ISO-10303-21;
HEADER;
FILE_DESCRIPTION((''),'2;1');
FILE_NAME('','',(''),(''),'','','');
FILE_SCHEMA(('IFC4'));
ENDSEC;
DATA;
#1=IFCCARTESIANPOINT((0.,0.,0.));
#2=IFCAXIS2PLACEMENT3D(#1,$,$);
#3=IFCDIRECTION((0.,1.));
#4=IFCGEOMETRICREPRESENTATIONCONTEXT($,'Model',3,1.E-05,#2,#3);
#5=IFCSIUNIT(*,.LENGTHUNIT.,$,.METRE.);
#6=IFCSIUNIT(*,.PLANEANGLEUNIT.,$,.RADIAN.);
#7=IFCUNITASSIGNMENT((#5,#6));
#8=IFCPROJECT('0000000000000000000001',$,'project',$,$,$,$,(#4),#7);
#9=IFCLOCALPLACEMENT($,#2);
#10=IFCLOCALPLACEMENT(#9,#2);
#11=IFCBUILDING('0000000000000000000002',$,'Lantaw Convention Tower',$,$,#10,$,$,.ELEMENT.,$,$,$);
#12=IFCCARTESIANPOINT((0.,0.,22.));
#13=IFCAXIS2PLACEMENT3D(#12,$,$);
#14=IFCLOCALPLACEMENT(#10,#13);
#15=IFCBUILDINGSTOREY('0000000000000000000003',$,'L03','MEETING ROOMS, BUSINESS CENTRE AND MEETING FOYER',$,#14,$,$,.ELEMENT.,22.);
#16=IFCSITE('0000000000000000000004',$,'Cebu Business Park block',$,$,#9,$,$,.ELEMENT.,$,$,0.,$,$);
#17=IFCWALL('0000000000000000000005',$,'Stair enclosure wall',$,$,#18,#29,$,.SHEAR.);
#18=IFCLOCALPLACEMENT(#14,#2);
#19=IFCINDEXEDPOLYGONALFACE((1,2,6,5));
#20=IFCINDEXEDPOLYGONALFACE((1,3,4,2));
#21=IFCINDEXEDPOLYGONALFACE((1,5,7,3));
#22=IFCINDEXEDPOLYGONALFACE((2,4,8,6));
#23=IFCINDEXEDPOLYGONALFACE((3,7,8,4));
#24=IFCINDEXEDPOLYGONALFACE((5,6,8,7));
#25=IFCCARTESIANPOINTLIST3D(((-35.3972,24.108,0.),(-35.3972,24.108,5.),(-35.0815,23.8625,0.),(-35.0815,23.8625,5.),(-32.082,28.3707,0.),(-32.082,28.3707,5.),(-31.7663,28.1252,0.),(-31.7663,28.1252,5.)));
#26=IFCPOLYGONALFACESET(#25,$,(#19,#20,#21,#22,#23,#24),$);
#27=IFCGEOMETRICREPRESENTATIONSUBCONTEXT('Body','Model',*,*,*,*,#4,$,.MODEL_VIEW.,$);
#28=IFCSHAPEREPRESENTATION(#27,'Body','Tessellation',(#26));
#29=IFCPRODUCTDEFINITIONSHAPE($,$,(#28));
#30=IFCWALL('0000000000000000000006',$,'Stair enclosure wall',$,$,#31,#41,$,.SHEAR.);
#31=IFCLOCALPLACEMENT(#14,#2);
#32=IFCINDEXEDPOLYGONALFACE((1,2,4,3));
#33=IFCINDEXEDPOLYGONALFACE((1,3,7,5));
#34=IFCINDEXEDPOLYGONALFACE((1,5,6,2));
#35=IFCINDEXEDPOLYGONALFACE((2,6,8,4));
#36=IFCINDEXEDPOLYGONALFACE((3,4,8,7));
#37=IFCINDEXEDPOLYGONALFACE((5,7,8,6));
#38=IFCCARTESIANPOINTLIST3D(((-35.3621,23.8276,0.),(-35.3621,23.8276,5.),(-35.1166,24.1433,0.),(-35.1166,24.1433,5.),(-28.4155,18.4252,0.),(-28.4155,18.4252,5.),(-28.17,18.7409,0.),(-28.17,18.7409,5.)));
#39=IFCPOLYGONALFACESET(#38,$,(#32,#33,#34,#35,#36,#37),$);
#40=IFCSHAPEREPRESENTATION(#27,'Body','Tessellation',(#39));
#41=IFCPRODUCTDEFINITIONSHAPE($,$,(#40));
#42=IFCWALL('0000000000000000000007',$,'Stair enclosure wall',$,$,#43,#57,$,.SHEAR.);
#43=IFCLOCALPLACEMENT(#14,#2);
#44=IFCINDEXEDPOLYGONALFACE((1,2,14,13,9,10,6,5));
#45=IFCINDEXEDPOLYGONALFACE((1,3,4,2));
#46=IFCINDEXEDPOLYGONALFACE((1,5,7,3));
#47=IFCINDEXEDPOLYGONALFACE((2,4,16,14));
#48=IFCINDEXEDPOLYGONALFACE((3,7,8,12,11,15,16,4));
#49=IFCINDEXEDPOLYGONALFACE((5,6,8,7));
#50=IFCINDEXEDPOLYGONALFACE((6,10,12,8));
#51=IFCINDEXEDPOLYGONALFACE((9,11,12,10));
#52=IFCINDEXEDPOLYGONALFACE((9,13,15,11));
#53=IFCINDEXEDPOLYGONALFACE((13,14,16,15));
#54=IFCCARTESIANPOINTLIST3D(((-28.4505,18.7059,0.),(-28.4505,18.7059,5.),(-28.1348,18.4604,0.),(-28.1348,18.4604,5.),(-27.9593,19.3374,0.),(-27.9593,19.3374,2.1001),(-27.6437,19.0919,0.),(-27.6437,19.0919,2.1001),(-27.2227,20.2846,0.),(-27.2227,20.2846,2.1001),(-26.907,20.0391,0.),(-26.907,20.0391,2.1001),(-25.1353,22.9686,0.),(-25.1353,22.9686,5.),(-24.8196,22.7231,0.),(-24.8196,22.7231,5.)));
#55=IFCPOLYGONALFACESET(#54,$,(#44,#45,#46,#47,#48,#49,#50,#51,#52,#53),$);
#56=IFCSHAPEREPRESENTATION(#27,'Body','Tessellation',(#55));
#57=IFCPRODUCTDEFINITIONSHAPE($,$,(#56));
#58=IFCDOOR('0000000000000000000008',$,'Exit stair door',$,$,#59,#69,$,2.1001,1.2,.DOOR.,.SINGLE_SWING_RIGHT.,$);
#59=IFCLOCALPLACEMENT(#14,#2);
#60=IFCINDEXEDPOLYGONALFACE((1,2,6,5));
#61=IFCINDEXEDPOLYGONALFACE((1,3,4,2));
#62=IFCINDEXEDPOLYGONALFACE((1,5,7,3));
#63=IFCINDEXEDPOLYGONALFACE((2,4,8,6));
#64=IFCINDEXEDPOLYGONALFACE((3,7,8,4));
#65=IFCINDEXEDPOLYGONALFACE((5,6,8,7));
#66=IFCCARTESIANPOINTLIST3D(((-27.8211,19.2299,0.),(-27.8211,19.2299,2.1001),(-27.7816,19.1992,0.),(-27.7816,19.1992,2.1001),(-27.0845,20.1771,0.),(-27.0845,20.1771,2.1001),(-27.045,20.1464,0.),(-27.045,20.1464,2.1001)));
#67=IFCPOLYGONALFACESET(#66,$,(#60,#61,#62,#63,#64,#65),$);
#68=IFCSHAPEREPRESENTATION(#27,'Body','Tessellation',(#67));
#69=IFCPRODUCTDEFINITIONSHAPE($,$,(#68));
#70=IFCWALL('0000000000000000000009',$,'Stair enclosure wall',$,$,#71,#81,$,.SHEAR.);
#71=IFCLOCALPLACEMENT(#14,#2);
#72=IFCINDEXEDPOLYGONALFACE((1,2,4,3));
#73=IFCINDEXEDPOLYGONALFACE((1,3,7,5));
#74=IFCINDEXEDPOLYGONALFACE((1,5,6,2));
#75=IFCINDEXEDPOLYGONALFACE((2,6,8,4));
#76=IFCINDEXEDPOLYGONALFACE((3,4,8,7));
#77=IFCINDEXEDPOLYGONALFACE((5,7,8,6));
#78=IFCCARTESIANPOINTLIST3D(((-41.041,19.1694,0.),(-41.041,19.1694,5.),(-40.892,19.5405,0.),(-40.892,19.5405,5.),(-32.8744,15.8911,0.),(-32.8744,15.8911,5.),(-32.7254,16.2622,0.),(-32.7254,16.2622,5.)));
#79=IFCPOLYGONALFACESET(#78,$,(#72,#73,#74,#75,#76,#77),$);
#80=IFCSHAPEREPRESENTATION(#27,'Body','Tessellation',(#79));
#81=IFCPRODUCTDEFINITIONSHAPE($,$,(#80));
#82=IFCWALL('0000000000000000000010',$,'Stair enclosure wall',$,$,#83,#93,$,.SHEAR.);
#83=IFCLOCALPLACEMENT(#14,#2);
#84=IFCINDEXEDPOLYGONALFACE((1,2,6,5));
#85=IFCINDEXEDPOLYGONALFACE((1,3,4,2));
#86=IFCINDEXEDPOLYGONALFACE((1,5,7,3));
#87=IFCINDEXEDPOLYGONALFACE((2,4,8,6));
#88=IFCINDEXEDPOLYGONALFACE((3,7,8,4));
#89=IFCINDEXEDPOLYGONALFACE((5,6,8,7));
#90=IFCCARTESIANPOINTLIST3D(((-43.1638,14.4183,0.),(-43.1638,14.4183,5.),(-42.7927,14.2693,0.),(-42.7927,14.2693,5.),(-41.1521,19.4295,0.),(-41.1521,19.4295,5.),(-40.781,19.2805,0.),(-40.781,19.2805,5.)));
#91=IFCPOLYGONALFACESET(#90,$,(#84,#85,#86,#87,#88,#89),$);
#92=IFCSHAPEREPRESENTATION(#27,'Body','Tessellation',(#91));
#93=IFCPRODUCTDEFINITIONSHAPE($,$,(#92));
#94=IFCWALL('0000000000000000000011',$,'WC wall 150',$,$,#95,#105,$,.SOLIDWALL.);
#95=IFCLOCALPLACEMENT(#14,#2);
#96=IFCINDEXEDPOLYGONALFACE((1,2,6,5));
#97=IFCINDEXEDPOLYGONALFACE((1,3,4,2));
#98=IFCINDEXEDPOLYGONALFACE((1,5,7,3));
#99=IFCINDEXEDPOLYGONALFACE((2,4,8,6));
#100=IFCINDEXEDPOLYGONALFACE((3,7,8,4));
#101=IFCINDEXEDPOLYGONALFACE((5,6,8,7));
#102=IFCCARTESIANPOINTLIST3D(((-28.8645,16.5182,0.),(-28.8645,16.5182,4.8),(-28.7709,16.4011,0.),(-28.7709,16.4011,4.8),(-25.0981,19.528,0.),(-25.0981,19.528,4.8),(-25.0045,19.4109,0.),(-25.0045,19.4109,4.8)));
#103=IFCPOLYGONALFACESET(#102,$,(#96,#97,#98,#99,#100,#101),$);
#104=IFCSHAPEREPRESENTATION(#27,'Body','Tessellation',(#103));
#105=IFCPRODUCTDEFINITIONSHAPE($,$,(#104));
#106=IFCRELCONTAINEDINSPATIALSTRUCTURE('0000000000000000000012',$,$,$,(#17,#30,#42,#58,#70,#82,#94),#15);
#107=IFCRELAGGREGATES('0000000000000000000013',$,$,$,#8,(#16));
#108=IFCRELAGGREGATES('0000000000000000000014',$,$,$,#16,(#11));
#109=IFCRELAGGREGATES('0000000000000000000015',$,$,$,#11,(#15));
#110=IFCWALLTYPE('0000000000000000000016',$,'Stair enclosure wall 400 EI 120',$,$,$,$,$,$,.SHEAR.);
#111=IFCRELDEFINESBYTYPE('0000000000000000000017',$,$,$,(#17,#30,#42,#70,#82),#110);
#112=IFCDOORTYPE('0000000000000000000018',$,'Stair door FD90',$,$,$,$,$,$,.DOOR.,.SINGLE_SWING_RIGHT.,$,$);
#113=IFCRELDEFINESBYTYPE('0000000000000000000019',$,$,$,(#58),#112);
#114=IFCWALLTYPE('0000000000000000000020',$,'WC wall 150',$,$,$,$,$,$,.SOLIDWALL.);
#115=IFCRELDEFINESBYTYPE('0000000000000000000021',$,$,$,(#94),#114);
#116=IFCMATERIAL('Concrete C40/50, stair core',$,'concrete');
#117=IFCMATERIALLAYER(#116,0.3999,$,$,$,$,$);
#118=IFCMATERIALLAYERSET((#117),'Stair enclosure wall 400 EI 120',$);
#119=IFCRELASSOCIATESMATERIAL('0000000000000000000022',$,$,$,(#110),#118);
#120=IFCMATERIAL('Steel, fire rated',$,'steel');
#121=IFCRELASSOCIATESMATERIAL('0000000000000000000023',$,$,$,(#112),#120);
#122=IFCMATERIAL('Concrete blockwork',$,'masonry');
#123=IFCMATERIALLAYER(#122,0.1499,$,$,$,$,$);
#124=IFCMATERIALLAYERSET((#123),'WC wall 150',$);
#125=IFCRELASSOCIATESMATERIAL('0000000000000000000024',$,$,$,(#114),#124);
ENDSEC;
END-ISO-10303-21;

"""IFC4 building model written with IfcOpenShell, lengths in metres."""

from ifc_helpers import new_model, si_unit, direction, frame, frame_2d, origin, place, context, subcontext, project, spatial, rectangle, extrude, material, layer, layer_set, type_object, element, fill, save


model = new_model("IFC4")

# Units and contexts
model_context = context("Model", 3, precision=1e-05, world=origin(), true_north=direction((0.0, 1.0)))
body_context = subcontext(model_context, "Body", "Model", "MODEL_VIEW")
ifc_project = project(units=[si_unit("LENGTHUNIT", "METRE"), si_unit("PLANEANGLEUNIT", "RADIAN")], contexts=[model_context])

# Site, building, storey
site_placement = place(None, origin())
site = spatial("IfcSite", under=ifc_project, at=site_placement, Name="Cebu Business Park block", CompositionType="ELEMENT", RefElevation=0.0)
building_placement = place(site_placement, origin())
building = spatial("IfcBuilding", under=site, at=building_placement, Name="Lantaw Convention Tower", CompositionType="ELEMENT")
storey_placement = place(building_placement, frame((0.0, 0.0, 22.0)))
storey = spatial("IfcBuildingStorey", under=building, at=storey_placement, Name="L03", Description="MEETING ROOMS, BUSINESS CENTRE AND MEETING FOYER", CompositionType="ELEMENT", Elevation=22.0)

# Walls
ifc_material_1 = material(Name="Concrete C40/50, stair core", Category="concrete")
ifc_layer_1 = layer(ifc_material_1, 0.3999)
ifc_layer_set_1 = layer_set([ifc_layer_1], Name="Stair enclosure wall 400 EI 120")
wall_type_1 = type_object("IfcWallType", Name="Stair enclosure wall 400 EI 120", PredefinedType="SHEAR", material=ifc_layer_set_1)
wall_1_placement = place(storey_placement, frame((-31.9241, 28.248, 0.0), z_axis=(0.0, 0.0, 1.0), x_axis=(-0.613912, -0.789374, 0.0)))
element("IfcWall", 1, at=wall_1_placement, inside=storey, type_object=wall_type_1, Name="Stair enclosure wall", PredefinedType="SHEAR", context=body_context, shape_type="SweptSolid", body=[
    extrude(rectangle(XDim=5.4001, YDim=0.3999, at=frame_2d((2.7002, 0.0))), origin(), (0.0, 0.0, 1.0), 5.0),
])
wall_2_placement = place(storey_placement, frame((-35.2393, 23.9854, 0.0), z_axis=(0.0, 0.0, 1.0), x_axis=(0.789381, -0.613904, 0.0)))
element("IfcWall", 2, at=wall_2_placement, inside=storey, type_object=wall_type_1, Name="Stair enclosure wall", PredefinedType="SHEAR", context=body_context, shape_type="SweptSolid", body=[
    extrude(rectangle(XDim=8.8, YDim=0.3999, at=frame_2d((4.3999, 0.0))), origin(), (0.0, 0.0, 1.0), 5.0),
])

# Wall, opening, door
wall_3_placement = place(storey_placement, frame((-28.2927, 18.583, 0.0), z_axis=(0.0, 0.0, 1.0), x_axis=(0.613912, 0.789374, 0.0)))
wall_3 = element("IfcWall", 3, at=wall_3_placement, inside=storey, type_object=wall_type_1, Name="Stair enclosure wall", PredefinedType="SHEAR", context=body_context, shape_type="SweptSolid", body=[
    extrude(rectangle(XDim=5.4001, YDim=0.3999, at=frame_2d((2.7002, 0.0))), origin(), (0.0, 0.0, 1.0), 5.0),
])
opening_1_placement = place(wall_3_placement, frame((0.8, 0.0, 0.0)))
opening_1 = element("IfcOpeningElement", 4, at=opening_1_placement, cuts=wall_3, PredefinedType="OPENING", context=body_context, shape_type="SweptSolid", body=[
    extrude(rectangle(XDim=1.2, YDim=2.1001, at=frame_2d((0.6001, 1.05))), frame((0.0, 0.21, 0.0), z_axis=(0.0, -1.0, 0.0), x_axis=(1.0, 0.0, 0.0)), (0.0, 0.0, 1.0), 0.4199),
])
ifc_material_2 = material(Name="Steel, fire rated", Category="steel")
door_type = type_object("IfcDoorType", Name="Stair door FD90", OperationType="SINGLE_SWING_RIGHT", PredefinedType="DOOR", material=ifc_material_2)
door_placement = place(opening_1_placement, origin())
door = element("IfcDoor", 5, at=door_placement, inside=storey, type_object=door_type, Name="Exit stair door", OperationType="SINGLE_SWING_RIGHT", OverallHeight=2.1001, OverallWidth=1.2, PredefinedType="DOOR", context=body_context, shape_type="SweptSolid", body=[
    extrude(rectangle(XDim=1.2, YDim=2.1001, at=frame_2d((0.6001, 1.05))), frame((0.0, 0.0249, 0.0), z_axis=(0.0, -1.0, 0.0), x_axis=(1.0, 0.0, 0.0)), (0.0, 0.0, 1.0), 0.05),
])
fill(opening_1, door)

# Walls
wall_4_placement = place(storey_placement, frame((-32.8, 16.0767, 0.0), z_axis=(0.0, 0.0, 1.0), x_axis=(-0.928017, 0.372538, 0.0)))
element("IfcWall", 6, at=wall_4_placement, inside=storey, type_object=wall_type_1, Name="Stair enclosure wall", PredefinedType="SHEAR", context=body_context, shape_type="SweptSolid", body=[
    extrude(rectangle(XDim=8.8, YDim=0.3999, at=frame_2d((4.3999, 0.0))), origin(), (0.0, 0.0, 1.0), 5.0),
])
wall_5_placement = place(storey_placement, frame((-40.9666, 19.355, 0.0), z_axis=(0.0, 0.0, 1.0), x_axis=(-0.372544, -0.928015, 0.0)))
element("IfcWall", 7, at=wall_5_placement, inside=storey, type_object=wall_type_1, Name="Stair enclosure wall", PredefinedType="SHEAR", context=body_context, shape_type="SweptSolid", body=[
    extrude(rectangle(XDim=5.3999, YDim=0.3999, at=frame_2d((2.7, 0.0))), origin(), (0.0, 0.0, 1.0), 5.0),
])
ifc_material_3 = material(Name="Concrete blockwork", Category="masonry")
ifc_layer_2 = layer(ifc_material_3, 0.1499)
ifc_layer_set_2 = layer_set([ifc_layer_2], Name="WC wall 150")
wall_type_2 = type_object("IfcWallType", Name="WC wall 150", PredefinedType="SOLIDWALL", material=ifc_layer_set_2)
wall_6_placement = place(storey_placement, frame((-25.0513, 19.4695, 0.0), z_axis=(0.0, 0.0, 1.0), x_axis=(-0.781205, -0.624275, 0.0)))
element("IfcWall", 8, at=wall_6_placement, inside=storey, type_object=wall_type_2, Name="WC wall 150", PredefinedType="SOLIDWALL", context=body_context, shape_type="SweptSolid", body=[
    extrude(rectangle(XDim=4.8213, YDim=0.1499, at=frame_2d((2.4106, 0.0))), origin(), (0.0, 0.0, 1.0), 4.8),
])

save(model, "model.ifc")
